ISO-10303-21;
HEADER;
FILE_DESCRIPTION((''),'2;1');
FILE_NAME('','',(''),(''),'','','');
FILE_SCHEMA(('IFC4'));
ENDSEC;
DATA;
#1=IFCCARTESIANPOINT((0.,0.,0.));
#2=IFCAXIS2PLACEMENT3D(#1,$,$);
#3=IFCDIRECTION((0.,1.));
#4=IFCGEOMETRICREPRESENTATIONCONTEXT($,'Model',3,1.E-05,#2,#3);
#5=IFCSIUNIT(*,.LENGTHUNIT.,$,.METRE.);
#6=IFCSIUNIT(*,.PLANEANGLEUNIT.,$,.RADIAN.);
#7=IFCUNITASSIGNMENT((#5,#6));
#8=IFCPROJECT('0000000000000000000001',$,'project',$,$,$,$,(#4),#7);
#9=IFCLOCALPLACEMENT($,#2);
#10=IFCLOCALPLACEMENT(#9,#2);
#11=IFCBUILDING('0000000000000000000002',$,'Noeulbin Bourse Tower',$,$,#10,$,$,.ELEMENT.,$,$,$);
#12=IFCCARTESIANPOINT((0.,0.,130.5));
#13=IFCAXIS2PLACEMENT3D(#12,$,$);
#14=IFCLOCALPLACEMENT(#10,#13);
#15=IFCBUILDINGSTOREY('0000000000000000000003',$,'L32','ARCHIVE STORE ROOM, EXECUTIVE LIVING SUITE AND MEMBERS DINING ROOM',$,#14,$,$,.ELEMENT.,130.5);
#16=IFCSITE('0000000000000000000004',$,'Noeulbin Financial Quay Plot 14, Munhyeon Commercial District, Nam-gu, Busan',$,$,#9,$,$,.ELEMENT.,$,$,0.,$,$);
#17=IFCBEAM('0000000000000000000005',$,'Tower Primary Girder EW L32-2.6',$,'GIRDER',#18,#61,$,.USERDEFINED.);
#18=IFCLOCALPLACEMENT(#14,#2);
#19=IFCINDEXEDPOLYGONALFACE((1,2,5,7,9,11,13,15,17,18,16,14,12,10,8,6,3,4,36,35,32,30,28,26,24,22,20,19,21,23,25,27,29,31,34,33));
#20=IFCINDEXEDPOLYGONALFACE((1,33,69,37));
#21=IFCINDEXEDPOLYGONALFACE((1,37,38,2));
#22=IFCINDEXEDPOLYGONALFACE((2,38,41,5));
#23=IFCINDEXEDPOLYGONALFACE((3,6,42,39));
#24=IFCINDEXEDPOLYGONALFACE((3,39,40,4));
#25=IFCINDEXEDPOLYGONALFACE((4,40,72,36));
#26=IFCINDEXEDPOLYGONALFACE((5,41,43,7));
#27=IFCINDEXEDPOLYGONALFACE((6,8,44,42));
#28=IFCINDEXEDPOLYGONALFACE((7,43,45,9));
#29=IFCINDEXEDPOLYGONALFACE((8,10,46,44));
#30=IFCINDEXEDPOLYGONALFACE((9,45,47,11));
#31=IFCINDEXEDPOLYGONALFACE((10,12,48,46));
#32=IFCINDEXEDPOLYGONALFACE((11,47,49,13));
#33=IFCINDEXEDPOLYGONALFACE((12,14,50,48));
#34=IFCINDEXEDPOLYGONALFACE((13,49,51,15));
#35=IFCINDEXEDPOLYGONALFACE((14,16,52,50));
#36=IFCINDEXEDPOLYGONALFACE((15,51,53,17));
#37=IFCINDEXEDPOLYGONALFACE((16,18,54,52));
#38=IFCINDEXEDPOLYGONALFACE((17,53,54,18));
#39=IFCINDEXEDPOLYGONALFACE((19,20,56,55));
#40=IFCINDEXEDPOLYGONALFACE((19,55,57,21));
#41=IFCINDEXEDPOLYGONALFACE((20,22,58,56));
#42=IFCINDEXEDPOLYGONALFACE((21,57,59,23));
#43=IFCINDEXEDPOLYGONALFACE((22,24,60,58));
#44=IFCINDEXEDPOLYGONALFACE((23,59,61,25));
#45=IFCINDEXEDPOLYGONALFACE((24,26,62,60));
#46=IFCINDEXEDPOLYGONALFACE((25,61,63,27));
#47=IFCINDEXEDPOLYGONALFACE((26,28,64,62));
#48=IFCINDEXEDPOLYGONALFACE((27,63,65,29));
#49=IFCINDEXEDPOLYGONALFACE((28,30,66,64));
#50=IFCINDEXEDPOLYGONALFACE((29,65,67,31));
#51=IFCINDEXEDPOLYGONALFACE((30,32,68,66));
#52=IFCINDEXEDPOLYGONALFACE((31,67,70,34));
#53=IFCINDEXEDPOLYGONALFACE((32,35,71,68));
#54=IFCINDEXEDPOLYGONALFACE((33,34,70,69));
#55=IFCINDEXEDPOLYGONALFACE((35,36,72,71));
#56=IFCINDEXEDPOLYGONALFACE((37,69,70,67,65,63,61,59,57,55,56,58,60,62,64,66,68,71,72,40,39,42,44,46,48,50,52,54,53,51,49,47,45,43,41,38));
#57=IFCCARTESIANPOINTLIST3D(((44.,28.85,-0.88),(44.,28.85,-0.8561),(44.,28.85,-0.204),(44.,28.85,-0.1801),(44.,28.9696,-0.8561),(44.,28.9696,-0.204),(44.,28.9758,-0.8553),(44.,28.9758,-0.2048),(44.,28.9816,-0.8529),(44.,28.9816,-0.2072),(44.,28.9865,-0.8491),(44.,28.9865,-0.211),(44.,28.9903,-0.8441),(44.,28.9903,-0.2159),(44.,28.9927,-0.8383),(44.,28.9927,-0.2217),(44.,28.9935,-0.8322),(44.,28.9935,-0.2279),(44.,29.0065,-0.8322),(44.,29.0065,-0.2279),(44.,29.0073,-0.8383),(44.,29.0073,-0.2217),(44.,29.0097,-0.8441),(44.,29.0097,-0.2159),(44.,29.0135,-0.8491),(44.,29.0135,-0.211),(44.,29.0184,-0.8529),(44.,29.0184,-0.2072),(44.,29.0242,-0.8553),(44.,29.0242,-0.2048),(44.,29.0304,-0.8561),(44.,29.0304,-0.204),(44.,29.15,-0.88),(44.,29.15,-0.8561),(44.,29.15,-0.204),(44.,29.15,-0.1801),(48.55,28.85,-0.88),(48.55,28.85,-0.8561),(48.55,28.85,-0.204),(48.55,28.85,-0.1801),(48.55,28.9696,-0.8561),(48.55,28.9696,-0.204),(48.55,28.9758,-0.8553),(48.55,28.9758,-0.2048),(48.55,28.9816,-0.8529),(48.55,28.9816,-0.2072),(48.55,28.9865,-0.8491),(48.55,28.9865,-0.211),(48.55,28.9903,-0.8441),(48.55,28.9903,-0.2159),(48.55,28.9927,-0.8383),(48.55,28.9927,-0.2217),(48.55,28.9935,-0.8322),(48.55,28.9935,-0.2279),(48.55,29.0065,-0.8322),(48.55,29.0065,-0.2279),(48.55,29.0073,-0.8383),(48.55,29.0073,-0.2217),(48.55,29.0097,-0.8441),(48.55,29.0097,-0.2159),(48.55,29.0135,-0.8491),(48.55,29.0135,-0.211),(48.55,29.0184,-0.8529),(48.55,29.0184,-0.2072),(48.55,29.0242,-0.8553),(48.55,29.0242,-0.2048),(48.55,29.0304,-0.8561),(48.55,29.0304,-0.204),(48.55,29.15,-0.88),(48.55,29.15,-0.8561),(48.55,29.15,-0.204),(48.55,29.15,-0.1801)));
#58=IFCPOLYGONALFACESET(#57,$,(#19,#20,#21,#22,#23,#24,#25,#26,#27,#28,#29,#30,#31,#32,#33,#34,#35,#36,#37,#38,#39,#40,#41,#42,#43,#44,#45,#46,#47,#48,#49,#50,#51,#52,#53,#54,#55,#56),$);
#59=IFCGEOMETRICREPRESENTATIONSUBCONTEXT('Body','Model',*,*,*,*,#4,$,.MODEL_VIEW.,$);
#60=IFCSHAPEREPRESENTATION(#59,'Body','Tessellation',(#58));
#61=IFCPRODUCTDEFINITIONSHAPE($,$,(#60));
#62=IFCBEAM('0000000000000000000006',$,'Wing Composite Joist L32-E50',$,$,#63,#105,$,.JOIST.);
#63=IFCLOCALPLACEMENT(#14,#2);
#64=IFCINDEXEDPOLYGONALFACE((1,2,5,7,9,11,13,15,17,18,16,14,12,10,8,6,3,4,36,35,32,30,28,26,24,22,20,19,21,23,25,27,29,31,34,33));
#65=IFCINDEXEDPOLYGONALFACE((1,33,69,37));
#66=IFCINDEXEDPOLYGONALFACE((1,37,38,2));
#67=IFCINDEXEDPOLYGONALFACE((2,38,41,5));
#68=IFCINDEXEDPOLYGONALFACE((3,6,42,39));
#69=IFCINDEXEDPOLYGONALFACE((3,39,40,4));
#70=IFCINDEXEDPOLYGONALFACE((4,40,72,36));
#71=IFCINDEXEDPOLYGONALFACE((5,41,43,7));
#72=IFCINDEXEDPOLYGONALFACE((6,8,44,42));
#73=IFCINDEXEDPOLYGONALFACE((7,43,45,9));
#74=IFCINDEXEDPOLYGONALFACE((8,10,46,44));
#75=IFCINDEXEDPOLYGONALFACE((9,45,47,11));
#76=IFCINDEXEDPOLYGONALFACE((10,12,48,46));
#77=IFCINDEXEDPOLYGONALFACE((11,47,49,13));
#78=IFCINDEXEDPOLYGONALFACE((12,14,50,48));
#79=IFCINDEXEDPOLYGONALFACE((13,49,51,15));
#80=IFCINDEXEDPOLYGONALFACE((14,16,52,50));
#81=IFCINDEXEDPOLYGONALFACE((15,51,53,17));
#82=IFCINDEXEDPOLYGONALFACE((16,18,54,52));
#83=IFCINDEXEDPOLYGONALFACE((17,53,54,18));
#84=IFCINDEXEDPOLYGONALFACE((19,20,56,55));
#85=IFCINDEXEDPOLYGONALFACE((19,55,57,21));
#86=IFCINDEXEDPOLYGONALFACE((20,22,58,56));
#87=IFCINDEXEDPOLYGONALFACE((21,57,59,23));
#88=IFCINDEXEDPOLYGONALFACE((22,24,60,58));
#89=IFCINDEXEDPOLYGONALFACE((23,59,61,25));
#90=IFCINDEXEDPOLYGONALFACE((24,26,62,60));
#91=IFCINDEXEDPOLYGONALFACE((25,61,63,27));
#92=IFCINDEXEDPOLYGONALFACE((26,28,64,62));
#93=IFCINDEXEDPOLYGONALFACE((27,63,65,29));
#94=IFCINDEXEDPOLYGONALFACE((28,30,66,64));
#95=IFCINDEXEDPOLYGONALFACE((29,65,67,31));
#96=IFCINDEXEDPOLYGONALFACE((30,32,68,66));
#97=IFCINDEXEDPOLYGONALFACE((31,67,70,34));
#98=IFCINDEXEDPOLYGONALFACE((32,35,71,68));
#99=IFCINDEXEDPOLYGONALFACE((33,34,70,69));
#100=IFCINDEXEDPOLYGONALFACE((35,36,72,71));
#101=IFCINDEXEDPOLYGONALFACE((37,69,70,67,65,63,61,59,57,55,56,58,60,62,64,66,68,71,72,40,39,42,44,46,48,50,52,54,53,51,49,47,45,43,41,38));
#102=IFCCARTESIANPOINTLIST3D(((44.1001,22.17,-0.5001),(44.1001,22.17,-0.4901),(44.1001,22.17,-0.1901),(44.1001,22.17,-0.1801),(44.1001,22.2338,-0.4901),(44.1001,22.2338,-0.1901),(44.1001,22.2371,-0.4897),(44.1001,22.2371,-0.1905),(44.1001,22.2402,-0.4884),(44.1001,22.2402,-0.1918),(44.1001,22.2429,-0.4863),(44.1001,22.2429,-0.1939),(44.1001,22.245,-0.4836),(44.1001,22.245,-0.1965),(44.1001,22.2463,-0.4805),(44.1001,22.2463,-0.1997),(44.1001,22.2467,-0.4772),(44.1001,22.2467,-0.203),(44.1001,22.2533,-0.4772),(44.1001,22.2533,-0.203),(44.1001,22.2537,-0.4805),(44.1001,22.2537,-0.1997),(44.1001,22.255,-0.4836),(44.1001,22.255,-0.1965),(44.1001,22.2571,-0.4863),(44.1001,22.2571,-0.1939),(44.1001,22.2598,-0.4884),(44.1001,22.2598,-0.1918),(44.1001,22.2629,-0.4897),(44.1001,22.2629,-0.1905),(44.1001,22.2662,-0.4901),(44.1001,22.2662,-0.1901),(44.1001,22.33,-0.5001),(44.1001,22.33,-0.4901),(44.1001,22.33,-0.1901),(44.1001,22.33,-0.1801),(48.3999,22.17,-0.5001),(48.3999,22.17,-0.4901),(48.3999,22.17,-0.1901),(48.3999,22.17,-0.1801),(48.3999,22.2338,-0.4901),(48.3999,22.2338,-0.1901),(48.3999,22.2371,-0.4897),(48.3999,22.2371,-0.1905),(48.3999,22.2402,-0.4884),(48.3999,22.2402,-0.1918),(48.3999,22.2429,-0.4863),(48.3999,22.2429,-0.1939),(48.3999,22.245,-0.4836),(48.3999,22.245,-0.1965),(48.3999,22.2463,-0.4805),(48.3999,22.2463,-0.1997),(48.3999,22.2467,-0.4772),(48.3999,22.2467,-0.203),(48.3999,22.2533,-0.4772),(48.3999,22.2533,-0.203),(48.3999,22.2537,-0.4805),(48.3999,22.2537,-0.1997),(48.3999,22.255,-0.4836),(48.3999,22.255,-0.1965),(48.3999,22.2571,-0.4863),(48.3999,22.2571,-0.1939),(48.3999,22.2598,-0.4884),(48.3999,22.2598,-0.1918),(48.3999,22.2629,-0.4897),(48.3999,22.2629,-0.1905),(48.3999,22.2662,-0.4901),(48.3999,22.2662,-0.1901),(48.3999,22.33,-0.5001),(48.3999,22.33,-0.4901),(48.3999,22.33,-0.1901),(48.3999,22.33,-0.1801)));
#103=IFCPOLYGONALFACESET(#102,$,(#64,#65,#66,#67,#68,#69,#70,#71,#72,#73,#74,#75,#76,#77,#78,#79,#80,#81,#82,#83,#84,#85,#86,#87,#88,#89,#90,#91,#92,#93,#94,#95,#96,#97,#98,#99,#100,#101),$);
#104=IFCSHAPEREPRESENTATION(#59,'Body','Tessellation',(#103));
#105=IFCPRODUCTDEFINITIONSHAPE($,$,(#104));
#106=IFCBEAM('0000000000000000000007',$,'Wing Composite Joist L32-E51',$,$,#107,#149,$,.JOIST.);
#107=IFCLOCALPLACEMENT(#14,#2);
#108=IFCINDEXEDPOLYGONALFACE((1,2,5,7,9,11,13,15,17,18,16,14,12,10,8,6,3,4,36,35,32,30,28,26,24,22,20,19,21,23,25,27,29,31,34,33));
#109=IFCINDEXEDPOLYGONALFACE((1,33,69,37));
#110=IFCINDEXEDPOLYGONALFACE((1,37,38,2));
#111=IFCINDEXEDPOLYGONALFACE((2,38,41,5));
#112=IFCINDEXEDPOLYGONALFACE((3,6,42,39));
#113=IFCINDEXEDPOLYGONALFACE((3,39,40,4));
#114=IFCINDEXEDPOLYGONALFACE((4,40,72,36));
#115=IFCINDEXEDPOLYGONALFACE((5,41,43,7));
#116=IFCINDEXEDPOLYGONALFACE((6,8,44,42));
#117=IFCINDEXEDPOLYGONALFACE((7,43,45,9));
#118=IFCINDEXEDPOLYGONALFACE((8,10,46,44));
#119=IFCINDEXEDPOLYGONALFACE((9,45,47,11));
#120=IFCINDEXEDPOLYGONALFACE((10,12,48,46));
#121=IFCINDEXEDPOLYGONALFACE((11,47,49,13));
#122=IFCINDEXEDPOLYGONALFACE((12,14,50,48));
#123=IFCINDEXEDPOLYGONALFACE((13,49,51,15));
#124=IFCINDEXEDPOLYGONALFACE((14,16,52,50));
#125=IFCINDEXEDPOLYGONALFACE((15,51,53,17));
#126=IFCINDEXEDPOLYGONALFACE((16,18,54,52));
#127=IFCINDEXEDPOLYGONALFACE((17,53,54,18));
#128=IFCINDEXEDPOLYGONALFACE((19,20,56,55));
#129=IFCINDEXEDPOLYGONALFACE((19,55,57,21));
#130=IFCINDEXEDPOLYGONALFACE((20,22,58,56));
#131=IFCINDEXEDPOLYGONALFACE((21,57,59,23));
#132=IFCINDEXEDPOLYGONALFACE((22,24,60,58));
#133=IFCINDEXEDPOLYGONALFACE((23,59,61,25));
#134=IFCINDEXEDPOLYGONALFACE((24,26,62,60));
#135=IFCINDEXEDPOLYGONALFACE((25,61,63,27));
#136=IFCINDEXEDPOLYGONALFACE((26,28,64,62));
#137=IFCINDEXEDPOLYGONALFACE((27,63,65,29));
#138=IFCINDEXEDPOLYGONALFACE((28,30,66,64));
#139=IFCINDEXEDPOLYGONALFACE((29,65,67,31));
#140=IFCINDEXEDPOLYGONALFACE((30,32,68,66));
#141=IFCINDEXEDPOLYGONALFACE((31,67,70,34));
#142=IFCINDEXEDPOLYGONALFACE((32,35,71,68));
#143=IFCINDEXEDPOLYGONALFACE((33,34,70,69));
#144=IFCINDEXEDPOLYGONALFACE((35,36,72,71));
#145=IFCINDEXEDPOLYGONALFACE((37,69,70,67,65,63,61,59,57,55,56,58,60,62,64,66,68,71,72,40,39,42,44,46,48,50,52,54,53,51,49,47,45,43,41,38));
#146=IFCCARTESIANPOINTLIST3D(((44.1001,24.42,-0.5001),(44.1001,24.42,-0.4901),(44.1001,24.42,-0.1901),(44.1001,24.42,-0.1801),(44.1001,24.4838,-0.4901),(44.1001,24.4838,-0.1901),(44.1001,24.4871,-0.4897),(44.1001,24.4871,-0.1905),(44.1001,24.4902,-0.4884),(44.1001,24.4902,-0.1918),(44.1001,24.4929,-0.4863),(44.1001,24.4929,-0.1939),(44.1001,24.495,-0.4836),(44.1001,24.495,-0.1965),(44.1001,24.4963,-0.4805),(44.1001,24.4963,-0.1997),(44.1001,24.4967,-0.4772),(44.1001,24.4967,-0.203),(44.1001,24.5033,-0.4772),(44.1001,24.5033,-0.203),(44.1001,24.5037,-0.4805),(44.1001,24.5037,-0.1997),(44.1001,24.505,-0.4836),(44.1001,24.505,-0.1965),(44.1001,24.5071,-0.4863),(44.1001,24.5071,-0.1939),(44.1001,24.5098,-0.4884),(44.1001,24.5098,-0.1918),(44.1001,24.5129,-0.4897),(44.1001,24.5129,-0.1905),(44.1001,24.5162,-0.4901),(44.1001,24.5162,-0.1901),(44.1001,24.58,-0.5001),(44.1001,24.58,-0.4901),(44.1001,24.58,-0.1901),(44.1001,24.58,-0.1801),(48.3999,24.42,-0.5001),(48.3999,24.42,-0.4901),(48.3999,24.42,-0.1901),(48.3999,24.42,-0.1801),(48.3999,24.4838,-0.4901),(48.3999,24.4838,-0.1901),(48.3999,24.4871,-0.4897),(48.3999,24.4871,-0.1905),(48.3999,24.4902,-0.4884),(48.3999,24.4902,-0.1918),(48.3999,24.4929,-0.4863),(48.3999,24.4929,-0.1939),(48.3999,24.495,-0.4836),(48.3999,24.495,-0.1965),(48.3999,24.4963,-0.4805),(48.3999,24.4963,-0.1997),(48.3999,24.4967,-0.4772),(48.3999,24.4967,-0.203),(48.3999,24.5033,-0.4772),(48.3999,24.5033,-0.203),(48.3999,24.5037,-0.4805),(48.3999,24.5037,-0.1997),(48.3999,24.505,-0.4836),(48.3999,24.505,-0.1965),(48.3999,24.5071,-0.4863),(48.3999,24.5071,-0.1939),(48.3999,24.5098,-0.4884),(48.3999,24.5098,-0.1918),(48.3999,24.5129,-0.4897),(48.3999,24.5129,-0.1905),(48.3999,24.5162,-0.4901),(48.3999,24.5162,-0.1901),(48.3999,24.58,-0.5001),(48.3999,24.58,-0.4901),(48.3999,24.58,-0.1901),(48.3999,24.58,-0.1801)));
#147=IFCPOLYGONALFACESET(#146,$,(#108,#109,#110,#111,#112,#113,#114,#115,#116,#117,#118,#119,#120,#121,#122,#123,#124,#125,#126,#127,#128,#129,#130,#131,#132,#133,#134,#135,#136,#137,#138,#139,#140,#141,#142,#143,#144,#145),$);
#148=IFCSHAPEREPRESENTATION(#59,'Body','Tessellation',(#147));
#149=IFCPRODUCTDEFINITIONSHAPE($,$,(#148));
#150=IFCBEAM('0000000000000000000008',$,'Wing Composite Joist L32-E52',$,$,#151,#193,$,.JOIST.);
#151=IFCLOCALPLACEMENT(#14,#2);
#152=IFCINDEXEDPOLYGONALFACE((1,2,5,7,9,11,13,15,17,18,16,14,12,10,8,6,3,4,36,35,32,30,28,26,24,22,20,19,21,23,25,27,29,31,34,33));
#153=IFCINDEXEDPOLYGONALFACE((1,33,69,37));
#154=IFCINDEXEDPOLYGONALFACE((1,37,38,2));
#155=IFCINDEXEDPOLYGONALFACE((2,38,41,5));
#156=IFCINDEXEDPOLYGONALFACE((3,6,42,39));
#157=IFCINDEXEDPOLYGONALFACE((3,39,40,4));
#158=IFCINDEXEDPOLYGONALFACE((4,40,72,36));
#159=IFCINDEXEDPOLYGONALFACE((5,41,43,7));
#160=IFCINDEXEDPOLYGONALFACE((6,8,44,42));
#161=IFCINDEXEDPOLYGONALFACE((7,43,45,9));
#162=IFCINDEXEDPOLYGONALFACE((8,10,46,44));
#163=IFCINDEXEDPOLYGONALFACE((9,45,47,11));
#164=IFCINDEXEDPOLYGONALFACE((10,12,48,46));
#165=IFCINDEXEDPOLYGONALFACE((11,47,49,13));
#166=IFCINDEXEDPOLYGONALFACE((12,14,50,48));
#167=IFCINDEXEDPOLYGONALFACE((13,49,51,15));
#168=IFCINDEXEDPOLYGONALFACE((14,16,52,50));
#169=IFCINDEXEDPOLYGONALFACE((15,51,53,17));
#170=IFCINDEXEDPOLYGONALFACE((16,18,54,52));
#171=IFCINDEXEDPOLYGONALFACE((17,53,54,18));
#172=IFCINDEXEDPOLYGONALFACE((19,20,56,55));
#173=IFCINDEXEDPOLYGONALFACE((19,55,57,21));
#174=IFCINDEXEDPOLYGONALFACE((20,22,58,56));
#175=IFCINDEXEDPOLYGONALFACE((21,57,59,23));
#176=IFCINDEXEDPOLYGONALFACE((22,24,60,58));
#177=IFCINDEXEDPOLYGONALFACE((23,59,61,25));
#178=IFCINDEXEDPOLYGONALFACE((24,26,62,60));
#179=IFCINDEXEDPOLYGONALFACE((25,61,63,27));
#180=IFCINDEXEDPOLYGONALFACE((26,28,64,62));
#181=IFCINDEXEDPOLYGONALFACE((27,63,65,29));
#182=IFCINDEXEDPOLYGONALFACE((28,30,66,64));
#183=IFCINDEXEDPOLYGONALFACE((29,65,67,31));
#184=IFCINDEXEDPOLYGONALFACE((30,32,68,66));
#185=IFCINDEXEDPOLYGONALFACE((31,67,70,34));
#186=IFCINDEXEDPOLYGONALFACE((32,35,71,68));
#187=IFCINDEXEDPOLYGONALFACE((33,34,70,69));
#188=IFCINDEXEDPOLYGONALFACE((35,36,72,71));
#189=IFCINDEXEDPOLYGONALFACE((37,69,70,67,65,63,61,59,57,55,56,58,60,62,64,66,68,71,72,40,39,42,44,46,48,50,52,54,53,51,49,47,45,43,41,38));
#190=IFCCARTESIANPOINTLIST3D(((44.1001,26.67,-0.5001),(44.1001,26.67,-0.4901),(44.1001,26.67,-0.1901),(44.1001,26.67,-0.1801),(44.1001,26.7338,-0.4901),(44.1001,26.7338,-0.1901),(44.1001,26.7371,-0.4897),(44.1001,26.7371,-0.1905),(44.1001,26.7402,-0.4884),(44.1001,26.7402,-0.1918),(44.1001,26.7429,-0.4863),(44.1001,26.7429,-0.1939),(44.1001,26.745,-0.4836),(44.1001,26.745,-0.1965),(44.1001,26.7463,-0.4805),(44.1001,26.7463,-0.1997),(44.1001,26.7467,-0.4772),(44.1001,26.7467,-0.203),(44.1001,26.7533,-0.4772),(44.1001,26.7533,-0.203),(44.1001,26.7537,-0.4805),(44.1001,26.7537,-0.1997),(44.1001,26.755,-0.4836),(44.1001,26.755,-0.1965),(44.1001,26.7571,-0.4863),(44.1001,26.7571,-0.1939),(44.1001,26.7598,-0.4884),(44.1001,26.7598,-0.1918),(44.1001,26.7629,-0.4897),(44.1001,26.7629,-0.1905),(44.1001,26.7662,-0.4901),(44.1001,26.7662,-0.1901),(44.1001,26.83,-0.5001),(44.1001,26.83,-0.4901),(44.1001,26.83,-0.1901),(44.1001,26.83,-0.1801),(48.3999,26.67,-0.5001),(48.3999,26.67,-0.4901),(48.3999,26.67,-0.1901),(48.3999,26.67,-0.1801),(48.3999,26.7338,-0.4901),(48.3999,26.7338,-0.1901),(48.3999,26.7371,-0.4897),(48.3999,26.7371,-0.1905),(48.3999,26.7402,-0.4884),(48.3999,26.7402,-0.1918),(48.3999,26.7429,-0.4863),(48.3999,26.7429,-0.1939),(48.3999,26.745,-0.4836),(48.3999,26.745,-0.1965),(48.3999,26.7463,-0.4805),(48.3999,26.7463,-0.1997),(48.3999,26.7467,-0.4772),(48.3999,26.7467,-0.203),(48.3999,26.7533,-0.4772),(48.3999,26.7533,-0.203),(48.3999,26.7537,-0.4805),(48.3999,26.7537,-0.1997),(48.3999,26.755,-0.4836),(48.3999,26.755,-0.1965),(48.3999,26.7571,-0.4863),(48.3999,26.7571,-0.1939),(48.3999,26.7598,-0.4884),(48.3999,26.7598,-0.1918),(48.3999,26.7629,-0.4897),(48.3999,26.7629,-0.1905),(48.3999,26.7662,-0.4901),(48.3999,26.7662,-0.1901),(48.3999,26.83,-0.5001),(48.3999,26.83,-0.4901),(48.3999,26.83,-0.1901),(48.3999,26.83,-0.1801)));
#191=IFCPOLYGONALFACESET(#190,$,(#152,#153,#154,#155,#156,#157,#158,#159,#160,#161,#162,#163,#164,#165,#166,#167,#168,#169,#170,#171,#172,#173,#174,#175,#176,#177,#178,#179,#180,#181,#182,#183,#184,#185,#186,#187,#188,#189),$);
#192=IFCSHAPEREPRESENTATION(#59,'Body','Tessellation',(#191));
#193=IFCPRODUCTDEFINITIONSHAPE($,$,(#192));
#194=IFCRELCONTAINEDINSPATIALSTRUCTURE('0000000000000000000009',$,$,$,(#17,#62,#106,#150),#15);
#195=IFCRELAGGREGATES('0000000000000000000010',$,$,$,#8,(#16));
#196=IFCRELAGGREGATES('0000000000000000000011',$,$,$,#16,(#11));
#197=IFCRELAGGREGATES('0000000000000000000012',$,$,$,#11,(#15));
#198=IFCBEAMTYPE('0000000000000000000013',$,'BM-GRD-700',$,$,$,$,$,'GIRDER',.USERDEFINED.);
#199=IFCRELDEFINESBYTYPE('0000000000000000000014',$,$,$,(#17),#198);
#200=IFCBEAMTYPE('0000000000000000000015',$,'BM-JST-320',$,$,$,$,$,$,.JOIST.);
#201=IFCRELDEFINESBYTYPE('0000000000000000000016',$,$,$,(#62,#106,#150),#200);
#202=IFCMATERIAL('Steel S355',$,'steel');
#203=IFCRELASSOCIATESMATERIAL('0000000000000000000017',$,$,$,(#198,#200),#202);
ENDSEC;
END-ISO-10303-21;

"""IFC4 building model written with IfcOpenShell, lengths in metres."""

from ifc_helpers import new_model, si_unit, direction, frame, origin, origin_2d, place, context, subcontext, project, spatial, i_section, extrude, material, material_profile, profile_set, type_object, element, save


model = new_model("IFC4")

# Units and contexts
model_context = context("Model", 3, precision=1e-05, world=origin(), true_north=direction((0.0, 1.0)))
body_context = subcontext(model_context, "Body", "Model", "MODEL_VIEW")
ifc_project = project(units=[si_unit("LENGTHUNIT", "METRE"), si_unit("PLANEANGLEUNIT", "RADIAN")], contexts=[model_context])

# Site, building, storey
site_placement = place(None, origin())
site = spatial("IfcSite", under=ifc_project, at=site_placement, Name="Noeulbin Financial Quay Plot 14, Munhyeon Commercial District, Nam-gu, Busan", CompositionType="ELEMENT", RefElevation=0.0)
building_placement = place(site_placement, origin())
building = spatial("IfcBuilding", under=site, at=building_placement, Name="Noeulbin Bourse Tower", CompositionType="ELEMENT")
storey_placement = place(building_placement, frame((0.0, 0.0, 130.5)))
storey = spatial("IfcBuildingStorey", under=building, at=storey_placement, Name="L32", Description="ARCHIVE STORE ROOM, EXECUTIVE LIVING SUITE AND MEMBERS DINING ROOM", CompositionType="ELEMENT", Elevation=130.5)

# Shared definitions
ifc_material_1 = material(Name="Steel S355", Category="steel")

# Beams
ifc_material_profile_1 = material_profile(ifc_material_1, i_section(OverallWidth=0.3, OverallDepth=0.7, WebThickness=0.0129, FlangeThickness=0.0239, FilletRadius=0.0239, at=origin_2d()), Name="H-700x300x13x24", Category="LoadBearing")
ifc_profile_set_1 = profile_set([ifc_material_profile_1], Name="Steel S355")
beam_type_1 = type_object("IfcBeamType", Name="BM-GRD-700", ElementType="GIRDER", PredefinedType="USERDEFINED", material=ifc_profile_set_1)
beam_1_placement = place(storey_placement, frame((44.0, 29.0, -0.53), z_axis=(1.0, 0.0, 0.0), x_axis=(0.0, 1.0, 0.0)))
element("IfcBeam", 1, at=beam_1_placement, inside=storey, type_object=beam_type_1, Name="Tower Primary Girder EW L32-2.6", ObjectType="GIRDER", PredefinedType="USERDEFINED", context=body_context, shape_type="SweptSolid", body=[
    extrude(i_section(OverallWidth=0.3, OverallDepth=0.7, WebThickness=0.0129, FlangeThickness=0.0239, FilletRadius=0.0239, at=origin_2d()), origin(), (0.0, 0.0, 1.0), 4.55),
])
ifc_material_profile_2 = material_profile(ifc_material_1, i_section(OverallWidth=0.1599, OverallDepth=0.3201, WebThickness=0.0066, FlangeThickness=0.01, FilletRadius=0.0129, at=origin_2d()), Name="H-320x160x6.5x10", Category="LoadBearing")
ifc_profile_set_2 = profile_set([ifc_material_profile_2], Name="Steel S355")
beam_type_2 = type_object("IfcBeamType", Name="BM-JST-320", PredefinedType="JOIST", material=ifc_profile_set_2)
for number, where, z_axis, x_axis, name in (
    (2, (44.1001, 22.25, -0.3401), (1.0, 0.0, 0.0), (0.0, 1.0, 0.0), "Wing Composite Joist L32-E50"),
    (3, (44.1001, 24.5, -0.3401), (1.0, 0.0, 0.0), (0.0, 1.0, 0.0), "Wing Composite Joist L32-E51"),
    (4, (44.1001, 26.75, -0.3401), (1.0, 0.0, 0.0), (0.0, 1.0, 0.0), "Wing Composite Joist L32-E52"),
):
    element("IfcBeam", number, at=place(storey_placement, frame(where, z_axis=z_axis, x_axis=x_axis)), inside=storey, type_object=beam_type_2, Name=name, PredefinedType="JOIST", context=body_context, shape_type="SweptSolid", body=[
        extrude(i_section(OverallWidth=0.1599, OverallDepth=0.3201, WebThickness=0.0066, FlangeThickness=0.01, FilletRadius=0.0129, at=origin_2d()), origin(), (0.0, 0.0, 1.0), 4.2998),
    ])

save(model, "model.ifc")
